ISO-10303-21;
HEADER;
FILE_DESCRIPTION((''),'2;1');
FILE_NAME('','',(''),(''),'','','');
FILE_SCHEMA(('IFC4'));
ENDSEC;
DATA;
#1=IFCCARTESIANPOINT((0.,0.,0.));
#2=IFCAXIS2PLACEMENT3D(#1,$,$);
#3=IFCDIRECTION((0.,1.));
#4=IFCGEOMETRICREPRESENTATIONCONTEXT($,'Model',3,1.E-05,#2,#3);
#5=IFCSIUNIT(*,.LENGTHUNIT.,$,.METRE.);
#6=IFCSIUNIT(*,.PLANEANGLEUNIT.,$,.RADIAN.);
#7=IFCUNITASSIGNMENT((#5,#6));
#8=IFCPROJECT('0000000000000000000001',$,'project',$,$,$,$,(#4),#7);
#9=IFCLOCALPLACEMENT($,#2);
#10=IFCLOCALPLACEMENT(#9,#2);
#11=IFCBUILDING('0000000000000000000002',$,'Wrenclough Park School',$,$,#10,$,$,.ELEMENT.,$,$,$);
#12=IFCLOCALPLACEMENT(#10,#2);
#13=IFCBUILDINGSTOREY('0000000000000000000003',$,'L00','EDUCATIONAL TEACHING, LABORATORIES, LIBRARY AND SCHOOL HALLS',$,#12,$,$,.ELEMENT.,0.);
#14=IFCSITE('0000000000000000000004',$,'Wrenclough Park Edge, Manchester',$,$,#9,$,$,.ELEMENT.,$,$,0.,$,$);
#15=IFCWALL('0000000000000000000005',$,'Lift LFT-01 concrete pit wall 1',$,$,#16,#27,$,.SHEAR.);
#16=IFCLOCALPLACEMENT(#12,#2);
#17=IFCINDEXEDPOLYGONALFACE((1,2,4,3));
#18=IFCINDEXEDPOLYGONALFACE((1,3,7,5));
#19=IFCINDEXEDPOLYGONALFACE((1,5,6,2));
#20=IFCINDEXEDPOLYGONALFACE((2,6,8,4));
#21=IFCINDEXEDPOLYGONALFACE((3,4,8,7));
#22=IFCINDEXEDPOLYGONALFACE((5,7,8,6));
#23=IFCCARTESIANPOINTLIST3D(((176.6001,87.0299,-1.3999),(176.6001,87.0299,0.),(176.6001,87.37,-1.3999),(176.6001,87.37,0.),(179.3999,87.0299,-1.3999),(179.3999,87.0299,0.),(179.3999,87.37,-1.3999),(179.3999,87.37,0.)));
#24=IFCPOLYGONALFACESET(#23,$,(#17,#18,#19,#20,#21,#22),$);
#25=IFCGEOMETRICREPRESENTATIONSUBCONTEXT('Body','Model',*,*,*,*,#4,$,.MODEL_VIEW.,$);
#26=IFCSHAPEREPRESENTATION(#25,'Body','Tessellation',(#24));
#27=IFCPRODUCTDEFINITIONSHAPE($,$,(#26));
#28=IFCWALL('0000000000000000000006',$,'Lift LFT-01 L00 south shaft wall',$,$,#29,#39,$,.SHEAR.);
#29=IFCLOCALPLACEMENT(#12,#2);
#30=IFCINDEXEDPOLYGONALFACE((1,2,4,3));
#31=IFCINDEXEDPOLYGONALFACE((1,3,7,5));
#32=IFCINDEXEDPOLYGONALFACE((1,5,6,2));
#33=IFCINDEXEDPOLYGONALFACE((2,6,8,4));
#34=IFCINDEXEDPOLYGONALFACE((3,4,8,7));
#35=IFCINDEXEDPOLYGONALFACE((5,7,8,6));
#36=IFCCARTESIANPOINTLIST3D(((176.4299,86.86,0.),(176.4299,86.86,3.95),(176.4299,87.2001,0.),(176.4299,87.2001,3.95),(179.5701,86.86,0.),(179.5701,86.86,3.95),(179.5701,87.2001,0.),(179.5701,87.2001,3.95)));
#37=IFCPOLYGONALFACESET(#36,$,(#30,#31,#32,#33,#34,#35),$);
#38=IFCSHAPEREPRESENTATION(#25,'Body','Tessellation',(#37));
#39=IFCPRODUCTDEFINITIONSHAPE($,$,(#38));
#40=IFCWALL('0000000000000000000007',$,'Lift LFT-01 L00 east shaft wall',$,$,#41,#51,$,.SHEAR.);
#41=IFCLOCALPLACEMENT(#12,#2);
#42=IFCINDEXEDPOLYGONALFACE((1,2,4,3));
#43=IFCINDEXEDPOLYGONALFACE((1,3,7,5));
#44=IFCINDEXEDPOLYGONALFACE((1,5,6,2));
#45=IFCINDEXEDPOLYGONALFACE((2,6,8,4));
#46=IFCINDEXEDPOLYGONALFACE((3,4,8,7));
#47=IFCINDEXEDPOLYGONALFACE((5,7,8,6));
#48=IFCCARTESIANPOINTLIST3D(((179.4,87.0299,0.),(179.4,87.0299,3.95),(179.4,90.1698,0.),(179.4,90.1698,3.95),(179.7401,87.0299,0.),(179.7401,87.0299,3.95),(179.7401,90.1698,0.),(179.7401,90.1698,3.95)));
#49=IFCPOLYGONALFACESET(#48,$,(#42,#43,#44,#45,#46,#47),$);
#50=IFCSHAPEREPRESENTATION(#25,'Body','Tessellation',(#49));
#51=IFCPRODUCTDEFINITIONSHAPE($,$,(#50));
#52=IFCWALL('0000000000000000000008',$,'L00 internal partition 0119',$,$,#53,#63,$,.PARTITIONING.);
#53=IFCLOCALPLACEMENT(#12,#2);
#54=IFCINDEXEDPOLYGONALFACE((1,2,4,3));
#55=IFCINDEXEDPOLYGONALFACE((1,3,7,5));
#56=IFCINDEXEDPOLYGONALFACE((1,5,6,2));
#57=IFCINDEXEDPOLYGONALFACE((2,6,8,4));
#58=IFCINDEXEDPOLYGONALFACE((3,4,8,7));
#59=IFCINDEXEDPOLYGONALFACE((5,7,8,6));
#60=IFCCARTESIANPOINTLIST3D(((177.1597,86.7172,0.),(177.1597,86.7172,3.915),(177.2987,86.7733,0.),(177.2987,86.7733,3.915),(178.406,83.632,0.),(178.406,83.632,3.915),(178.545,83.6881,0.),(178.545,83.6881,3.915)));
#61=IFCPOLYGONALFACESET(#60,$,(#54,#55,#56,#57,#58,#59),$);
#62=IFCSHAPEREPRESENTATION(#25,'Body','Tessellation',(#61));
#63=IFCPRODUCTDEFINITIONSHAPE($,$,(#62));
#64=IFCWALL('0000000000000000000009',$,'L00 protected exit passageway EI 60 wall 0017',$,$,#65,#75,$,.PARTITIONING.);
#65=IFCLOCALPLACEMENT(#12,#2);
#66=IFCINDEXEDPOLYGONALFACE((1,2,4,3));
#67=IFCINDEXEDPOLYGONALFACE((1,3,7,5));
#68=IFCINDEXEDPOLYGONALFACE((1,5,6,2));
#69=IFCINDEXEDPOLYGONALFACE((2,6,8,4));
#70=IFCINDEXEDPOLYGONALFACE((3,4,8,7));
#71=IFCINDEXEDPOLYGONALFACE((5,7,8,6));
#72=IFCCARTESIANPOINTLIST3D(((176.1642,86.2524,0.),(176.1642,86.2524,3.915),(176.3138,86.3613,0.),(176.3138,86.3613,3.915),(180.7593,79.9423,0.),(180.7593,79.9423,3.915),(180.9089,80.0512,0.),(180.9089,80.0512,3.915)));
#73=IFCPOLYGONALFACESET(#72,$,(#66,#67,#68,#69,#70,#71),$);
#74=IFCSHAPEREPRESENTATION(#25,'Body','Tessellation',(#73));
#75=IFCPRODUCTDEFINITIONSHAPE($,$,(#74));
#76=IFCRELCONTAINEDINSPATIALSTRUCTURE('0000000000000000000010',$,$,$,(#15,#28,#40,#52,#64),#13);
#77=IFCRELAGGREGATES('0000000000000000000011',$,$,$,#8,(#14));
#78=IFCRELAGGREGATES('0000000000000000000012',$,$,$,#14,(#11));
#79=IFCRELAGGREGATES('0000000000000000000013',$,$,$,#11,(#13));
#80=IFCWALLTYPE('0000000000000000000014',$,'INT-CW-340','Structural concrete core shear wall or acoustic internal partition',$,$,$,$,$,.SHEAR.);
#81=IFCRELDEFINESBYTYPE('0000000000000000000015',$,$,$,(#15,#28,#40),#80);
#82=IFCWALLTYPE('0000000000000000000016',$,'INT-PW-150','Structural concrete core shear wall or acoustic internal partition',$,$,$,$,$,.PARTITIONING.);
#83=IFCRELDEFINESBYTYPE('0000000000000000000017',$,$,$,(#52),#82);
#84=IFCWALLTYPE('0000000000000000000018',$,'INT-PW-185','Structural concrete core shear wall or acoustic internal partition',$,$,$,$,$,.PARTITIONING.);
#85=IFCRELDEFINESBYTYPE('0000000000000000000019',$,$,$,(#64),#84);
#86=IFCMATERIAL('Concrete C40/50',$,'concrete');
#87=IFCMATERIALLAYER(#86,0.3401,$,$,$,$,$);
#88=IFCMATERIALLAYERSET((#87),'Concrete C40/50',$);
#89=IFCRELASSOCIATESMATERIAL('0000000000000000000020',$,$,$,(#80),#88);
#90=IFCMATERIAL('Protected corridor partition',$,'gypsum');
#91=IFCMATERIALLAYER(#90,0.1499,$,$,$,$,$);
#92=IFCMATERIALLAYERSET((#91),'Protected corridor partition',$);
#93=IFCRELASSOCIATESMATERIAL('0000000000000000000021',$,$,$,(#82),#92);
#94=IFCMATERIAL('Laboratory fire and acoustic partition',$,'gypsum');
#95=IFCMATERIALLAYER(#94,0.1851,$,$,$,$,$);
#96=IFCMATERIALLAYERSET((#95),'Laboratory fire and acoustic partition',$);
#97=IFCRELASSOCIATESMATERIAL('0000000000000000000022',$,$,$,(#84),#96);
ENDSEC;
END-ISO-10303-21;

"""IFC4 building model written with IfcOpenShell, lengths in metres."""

from ifc_helpers import new_model, si_unit, direction, frame, frame_2d, origin, place, context, subcontext, project, spatial, rectangle, extrude, material, layer, layer_set, type_object, element, save


model = new_model("IFC4")

# Units and contexts
model_context = context("Model", 3, precision=1e-05, world=origin(), true_north=direction((0.0, 1.0)))
body_context = subcontext(model_context, "Body", "Model", "MODEL_VIEW")
ifc_project = project(units=[si_unit("LENGTHUNIT", "METRE"), si_unit("PLANEANGLEUNIT", "RADIAN")], contexts=[model_context])

# Site, building, storey
site_placement = place(None, origin())
site = spatial("IfcSite", under=ifc_project, at=site_placement, Name="Wrenclough Park Edge, Manchester", CompositionType="ELEMENT", RefElevation=0.0)
building_placement = place(site_placement, origin())
building = spatial("IfcBuilding", under=site, at=building_placement, Name="Wrenclough Park School", CompositionType="ELEMENT")
storey_placement = place(building_placement, origin())
storey = spatial("IfcBuildingStorey", under=building, at=storey_placement, Name="L00", Description="EDUCATIONAL TEACHING, LABORATORIES, LIBRARY AND SCHOOL HALLS", CompositionType="ELEMENT", Elevation=0.0)

# Shared definitions
ifc_material_1 = material(Name="Concrete C40/50", Category="concrete")

# Walls
ifc_layer_1 = layer(ifc_material_1, 0.3401)
ifc_layer_set_1 = layer_set([ifc_layer_1], Name="Concrete C40/50")
wall_type_1 = type_object("IfcWallType", Name="INT-CW-340", Description="Structural concrete core shear wall or acoustic internal partition", PredefinedType="SHEAR", material=ifc_layer_set_1)
wall_1_placement = place(storey_placement, frame((176.6001, 87.2, -1.3999), z_axis=(0.0, 0.0, 1.0), x_axis=(1.0, 0.0, 0.0)))
element("IfcWall", 1, at=wall_1_placement, inside=storey, type_object=wall_type_1, Name="Lift LFT-01 concrete pit wall 1", PredefinedType="SHEAR", context=body_context, shape_type="SweptSolid", body=[
    extrude(rectangle(XDim=2.7998, YDim=0.3401, at=frame_2d((1.3999, 0.0))), origin(), (0.0, 0.0, 1.0), 1.3999),
])
wall_2_placement = place(storey_placement, frame((176.4299, 87.03, 0.0), z_axis=(0.0, 0.0, 1.0), x_axis=(1.0, 0.0, 0.0)))
element("IfcWall", 2, at=wall_2_placement, inside=storey, type_object=wall_type_1, Name="Lift LFT-01 L00 south shaft wall", PredefinedType="SHEAR", context=body_context, shape_type="SweptSolid", body=[
    extrude(rectangle(XDim=3.1401, YDim=0.3401, at=frame_2d((1.5701, 0.0))), origin(), (0.0, 0.0, 1.0), 3.95),
])
wall_3_placement = place(storey_placement, frame((179.5701, 87.03, 0.0), z_axis=(0.0, 0.0, 1.0), x_axis=(0.0, 1.0, 0.0)))
element("IfcWall", 3, at=wall_3_placement, inside=storey, type_object=wall_type_1, Name="Lift LFT-01 L00 east shaft wall", PredefinedType="SHEAR", context=body_context, shape_type="SweptSolid", body=[
    extrude(rectangle(XDim=3.1399, YDim=0.3401, at=frame_2d((1.5698, 0.0))), origin(), (0.0, 0.0, 1.0), 3.95),
])
ifc_material_2 = material(Name="Protected corridor partition", Category="gypsum")
ifc_layer_2 = layer(ifc_material_2, 0.1499)
ifc_layer_set_2 = layer_set([ifc_layer_2], Name="Protected corridor partition")
wall_type_2 = type_object("IfcWallType", Name="INT-PW-150", Description="Structural concrete core shear wall or acoustic internal partition", PredefinedType="PARTITIONING", material=ifc_layer_set_2)
wall_4_placement = place(storey_placement, frame((177.2292, 86.7451, 0.0), z_axis=(0.0, 0.0, 1.0), x_axis=(0.374564, -0.927201, 0.0)))
element("IfcWall", 4, at=wall_4_placement, inside=storey, type_object=wall_type_2, Name="L00 internal partition 0119", PredefinedType="PARTITIONING", context=body_context, shape_type="SweptSolid", body=[
    extrude(rectangle(XDim=3.3274, YDim=0.1499, at=frame_2d((1.6636, 0.0))), origin(), (0.0, 0.0, 1.0), 3.915),
])
ifc_material_3 = material(Name="Laboratory fire and acoustic partition", Category="gypsum")
ifc_layer_3 = layer(ifc_material_3, 0.1851)
ifc_layer_set_3 = layer_set([ifc_layer_3], Name="Laboratory fire and acoustic partition")
wall_type_3 = type_object("IfcWallType", Name="INT-PW-185", Description="Structural concrete core shear wall or acoustic internal partition", PredefinedType="PARTITIONING", material=ifc_layer_set_3)
wall_5_placement = place(storey_placement, frame((180.834, 79.9968, 0.0), z_axis=(0.0, 0.0, 1.0), x_axis=(-0.588661, 0.80838, 0.0)))
element("IfcWall", 5, at=wall_5_placement, inside=storey, type_object=wall_type_3, Name="L00 protected exit passageway EI 60 wall 0017", PredefinedType="PARTITIONING", context=body_context, shape_type="SweptSolid", body=[
    extrude(rectangle(XDim=7.8059, YDim=0.1851, at=frame_2d((3.9028, 0.0))), origin(), (0.0, 0.0, 1.0), 3.915),
])

save(model, "model.ifc")
